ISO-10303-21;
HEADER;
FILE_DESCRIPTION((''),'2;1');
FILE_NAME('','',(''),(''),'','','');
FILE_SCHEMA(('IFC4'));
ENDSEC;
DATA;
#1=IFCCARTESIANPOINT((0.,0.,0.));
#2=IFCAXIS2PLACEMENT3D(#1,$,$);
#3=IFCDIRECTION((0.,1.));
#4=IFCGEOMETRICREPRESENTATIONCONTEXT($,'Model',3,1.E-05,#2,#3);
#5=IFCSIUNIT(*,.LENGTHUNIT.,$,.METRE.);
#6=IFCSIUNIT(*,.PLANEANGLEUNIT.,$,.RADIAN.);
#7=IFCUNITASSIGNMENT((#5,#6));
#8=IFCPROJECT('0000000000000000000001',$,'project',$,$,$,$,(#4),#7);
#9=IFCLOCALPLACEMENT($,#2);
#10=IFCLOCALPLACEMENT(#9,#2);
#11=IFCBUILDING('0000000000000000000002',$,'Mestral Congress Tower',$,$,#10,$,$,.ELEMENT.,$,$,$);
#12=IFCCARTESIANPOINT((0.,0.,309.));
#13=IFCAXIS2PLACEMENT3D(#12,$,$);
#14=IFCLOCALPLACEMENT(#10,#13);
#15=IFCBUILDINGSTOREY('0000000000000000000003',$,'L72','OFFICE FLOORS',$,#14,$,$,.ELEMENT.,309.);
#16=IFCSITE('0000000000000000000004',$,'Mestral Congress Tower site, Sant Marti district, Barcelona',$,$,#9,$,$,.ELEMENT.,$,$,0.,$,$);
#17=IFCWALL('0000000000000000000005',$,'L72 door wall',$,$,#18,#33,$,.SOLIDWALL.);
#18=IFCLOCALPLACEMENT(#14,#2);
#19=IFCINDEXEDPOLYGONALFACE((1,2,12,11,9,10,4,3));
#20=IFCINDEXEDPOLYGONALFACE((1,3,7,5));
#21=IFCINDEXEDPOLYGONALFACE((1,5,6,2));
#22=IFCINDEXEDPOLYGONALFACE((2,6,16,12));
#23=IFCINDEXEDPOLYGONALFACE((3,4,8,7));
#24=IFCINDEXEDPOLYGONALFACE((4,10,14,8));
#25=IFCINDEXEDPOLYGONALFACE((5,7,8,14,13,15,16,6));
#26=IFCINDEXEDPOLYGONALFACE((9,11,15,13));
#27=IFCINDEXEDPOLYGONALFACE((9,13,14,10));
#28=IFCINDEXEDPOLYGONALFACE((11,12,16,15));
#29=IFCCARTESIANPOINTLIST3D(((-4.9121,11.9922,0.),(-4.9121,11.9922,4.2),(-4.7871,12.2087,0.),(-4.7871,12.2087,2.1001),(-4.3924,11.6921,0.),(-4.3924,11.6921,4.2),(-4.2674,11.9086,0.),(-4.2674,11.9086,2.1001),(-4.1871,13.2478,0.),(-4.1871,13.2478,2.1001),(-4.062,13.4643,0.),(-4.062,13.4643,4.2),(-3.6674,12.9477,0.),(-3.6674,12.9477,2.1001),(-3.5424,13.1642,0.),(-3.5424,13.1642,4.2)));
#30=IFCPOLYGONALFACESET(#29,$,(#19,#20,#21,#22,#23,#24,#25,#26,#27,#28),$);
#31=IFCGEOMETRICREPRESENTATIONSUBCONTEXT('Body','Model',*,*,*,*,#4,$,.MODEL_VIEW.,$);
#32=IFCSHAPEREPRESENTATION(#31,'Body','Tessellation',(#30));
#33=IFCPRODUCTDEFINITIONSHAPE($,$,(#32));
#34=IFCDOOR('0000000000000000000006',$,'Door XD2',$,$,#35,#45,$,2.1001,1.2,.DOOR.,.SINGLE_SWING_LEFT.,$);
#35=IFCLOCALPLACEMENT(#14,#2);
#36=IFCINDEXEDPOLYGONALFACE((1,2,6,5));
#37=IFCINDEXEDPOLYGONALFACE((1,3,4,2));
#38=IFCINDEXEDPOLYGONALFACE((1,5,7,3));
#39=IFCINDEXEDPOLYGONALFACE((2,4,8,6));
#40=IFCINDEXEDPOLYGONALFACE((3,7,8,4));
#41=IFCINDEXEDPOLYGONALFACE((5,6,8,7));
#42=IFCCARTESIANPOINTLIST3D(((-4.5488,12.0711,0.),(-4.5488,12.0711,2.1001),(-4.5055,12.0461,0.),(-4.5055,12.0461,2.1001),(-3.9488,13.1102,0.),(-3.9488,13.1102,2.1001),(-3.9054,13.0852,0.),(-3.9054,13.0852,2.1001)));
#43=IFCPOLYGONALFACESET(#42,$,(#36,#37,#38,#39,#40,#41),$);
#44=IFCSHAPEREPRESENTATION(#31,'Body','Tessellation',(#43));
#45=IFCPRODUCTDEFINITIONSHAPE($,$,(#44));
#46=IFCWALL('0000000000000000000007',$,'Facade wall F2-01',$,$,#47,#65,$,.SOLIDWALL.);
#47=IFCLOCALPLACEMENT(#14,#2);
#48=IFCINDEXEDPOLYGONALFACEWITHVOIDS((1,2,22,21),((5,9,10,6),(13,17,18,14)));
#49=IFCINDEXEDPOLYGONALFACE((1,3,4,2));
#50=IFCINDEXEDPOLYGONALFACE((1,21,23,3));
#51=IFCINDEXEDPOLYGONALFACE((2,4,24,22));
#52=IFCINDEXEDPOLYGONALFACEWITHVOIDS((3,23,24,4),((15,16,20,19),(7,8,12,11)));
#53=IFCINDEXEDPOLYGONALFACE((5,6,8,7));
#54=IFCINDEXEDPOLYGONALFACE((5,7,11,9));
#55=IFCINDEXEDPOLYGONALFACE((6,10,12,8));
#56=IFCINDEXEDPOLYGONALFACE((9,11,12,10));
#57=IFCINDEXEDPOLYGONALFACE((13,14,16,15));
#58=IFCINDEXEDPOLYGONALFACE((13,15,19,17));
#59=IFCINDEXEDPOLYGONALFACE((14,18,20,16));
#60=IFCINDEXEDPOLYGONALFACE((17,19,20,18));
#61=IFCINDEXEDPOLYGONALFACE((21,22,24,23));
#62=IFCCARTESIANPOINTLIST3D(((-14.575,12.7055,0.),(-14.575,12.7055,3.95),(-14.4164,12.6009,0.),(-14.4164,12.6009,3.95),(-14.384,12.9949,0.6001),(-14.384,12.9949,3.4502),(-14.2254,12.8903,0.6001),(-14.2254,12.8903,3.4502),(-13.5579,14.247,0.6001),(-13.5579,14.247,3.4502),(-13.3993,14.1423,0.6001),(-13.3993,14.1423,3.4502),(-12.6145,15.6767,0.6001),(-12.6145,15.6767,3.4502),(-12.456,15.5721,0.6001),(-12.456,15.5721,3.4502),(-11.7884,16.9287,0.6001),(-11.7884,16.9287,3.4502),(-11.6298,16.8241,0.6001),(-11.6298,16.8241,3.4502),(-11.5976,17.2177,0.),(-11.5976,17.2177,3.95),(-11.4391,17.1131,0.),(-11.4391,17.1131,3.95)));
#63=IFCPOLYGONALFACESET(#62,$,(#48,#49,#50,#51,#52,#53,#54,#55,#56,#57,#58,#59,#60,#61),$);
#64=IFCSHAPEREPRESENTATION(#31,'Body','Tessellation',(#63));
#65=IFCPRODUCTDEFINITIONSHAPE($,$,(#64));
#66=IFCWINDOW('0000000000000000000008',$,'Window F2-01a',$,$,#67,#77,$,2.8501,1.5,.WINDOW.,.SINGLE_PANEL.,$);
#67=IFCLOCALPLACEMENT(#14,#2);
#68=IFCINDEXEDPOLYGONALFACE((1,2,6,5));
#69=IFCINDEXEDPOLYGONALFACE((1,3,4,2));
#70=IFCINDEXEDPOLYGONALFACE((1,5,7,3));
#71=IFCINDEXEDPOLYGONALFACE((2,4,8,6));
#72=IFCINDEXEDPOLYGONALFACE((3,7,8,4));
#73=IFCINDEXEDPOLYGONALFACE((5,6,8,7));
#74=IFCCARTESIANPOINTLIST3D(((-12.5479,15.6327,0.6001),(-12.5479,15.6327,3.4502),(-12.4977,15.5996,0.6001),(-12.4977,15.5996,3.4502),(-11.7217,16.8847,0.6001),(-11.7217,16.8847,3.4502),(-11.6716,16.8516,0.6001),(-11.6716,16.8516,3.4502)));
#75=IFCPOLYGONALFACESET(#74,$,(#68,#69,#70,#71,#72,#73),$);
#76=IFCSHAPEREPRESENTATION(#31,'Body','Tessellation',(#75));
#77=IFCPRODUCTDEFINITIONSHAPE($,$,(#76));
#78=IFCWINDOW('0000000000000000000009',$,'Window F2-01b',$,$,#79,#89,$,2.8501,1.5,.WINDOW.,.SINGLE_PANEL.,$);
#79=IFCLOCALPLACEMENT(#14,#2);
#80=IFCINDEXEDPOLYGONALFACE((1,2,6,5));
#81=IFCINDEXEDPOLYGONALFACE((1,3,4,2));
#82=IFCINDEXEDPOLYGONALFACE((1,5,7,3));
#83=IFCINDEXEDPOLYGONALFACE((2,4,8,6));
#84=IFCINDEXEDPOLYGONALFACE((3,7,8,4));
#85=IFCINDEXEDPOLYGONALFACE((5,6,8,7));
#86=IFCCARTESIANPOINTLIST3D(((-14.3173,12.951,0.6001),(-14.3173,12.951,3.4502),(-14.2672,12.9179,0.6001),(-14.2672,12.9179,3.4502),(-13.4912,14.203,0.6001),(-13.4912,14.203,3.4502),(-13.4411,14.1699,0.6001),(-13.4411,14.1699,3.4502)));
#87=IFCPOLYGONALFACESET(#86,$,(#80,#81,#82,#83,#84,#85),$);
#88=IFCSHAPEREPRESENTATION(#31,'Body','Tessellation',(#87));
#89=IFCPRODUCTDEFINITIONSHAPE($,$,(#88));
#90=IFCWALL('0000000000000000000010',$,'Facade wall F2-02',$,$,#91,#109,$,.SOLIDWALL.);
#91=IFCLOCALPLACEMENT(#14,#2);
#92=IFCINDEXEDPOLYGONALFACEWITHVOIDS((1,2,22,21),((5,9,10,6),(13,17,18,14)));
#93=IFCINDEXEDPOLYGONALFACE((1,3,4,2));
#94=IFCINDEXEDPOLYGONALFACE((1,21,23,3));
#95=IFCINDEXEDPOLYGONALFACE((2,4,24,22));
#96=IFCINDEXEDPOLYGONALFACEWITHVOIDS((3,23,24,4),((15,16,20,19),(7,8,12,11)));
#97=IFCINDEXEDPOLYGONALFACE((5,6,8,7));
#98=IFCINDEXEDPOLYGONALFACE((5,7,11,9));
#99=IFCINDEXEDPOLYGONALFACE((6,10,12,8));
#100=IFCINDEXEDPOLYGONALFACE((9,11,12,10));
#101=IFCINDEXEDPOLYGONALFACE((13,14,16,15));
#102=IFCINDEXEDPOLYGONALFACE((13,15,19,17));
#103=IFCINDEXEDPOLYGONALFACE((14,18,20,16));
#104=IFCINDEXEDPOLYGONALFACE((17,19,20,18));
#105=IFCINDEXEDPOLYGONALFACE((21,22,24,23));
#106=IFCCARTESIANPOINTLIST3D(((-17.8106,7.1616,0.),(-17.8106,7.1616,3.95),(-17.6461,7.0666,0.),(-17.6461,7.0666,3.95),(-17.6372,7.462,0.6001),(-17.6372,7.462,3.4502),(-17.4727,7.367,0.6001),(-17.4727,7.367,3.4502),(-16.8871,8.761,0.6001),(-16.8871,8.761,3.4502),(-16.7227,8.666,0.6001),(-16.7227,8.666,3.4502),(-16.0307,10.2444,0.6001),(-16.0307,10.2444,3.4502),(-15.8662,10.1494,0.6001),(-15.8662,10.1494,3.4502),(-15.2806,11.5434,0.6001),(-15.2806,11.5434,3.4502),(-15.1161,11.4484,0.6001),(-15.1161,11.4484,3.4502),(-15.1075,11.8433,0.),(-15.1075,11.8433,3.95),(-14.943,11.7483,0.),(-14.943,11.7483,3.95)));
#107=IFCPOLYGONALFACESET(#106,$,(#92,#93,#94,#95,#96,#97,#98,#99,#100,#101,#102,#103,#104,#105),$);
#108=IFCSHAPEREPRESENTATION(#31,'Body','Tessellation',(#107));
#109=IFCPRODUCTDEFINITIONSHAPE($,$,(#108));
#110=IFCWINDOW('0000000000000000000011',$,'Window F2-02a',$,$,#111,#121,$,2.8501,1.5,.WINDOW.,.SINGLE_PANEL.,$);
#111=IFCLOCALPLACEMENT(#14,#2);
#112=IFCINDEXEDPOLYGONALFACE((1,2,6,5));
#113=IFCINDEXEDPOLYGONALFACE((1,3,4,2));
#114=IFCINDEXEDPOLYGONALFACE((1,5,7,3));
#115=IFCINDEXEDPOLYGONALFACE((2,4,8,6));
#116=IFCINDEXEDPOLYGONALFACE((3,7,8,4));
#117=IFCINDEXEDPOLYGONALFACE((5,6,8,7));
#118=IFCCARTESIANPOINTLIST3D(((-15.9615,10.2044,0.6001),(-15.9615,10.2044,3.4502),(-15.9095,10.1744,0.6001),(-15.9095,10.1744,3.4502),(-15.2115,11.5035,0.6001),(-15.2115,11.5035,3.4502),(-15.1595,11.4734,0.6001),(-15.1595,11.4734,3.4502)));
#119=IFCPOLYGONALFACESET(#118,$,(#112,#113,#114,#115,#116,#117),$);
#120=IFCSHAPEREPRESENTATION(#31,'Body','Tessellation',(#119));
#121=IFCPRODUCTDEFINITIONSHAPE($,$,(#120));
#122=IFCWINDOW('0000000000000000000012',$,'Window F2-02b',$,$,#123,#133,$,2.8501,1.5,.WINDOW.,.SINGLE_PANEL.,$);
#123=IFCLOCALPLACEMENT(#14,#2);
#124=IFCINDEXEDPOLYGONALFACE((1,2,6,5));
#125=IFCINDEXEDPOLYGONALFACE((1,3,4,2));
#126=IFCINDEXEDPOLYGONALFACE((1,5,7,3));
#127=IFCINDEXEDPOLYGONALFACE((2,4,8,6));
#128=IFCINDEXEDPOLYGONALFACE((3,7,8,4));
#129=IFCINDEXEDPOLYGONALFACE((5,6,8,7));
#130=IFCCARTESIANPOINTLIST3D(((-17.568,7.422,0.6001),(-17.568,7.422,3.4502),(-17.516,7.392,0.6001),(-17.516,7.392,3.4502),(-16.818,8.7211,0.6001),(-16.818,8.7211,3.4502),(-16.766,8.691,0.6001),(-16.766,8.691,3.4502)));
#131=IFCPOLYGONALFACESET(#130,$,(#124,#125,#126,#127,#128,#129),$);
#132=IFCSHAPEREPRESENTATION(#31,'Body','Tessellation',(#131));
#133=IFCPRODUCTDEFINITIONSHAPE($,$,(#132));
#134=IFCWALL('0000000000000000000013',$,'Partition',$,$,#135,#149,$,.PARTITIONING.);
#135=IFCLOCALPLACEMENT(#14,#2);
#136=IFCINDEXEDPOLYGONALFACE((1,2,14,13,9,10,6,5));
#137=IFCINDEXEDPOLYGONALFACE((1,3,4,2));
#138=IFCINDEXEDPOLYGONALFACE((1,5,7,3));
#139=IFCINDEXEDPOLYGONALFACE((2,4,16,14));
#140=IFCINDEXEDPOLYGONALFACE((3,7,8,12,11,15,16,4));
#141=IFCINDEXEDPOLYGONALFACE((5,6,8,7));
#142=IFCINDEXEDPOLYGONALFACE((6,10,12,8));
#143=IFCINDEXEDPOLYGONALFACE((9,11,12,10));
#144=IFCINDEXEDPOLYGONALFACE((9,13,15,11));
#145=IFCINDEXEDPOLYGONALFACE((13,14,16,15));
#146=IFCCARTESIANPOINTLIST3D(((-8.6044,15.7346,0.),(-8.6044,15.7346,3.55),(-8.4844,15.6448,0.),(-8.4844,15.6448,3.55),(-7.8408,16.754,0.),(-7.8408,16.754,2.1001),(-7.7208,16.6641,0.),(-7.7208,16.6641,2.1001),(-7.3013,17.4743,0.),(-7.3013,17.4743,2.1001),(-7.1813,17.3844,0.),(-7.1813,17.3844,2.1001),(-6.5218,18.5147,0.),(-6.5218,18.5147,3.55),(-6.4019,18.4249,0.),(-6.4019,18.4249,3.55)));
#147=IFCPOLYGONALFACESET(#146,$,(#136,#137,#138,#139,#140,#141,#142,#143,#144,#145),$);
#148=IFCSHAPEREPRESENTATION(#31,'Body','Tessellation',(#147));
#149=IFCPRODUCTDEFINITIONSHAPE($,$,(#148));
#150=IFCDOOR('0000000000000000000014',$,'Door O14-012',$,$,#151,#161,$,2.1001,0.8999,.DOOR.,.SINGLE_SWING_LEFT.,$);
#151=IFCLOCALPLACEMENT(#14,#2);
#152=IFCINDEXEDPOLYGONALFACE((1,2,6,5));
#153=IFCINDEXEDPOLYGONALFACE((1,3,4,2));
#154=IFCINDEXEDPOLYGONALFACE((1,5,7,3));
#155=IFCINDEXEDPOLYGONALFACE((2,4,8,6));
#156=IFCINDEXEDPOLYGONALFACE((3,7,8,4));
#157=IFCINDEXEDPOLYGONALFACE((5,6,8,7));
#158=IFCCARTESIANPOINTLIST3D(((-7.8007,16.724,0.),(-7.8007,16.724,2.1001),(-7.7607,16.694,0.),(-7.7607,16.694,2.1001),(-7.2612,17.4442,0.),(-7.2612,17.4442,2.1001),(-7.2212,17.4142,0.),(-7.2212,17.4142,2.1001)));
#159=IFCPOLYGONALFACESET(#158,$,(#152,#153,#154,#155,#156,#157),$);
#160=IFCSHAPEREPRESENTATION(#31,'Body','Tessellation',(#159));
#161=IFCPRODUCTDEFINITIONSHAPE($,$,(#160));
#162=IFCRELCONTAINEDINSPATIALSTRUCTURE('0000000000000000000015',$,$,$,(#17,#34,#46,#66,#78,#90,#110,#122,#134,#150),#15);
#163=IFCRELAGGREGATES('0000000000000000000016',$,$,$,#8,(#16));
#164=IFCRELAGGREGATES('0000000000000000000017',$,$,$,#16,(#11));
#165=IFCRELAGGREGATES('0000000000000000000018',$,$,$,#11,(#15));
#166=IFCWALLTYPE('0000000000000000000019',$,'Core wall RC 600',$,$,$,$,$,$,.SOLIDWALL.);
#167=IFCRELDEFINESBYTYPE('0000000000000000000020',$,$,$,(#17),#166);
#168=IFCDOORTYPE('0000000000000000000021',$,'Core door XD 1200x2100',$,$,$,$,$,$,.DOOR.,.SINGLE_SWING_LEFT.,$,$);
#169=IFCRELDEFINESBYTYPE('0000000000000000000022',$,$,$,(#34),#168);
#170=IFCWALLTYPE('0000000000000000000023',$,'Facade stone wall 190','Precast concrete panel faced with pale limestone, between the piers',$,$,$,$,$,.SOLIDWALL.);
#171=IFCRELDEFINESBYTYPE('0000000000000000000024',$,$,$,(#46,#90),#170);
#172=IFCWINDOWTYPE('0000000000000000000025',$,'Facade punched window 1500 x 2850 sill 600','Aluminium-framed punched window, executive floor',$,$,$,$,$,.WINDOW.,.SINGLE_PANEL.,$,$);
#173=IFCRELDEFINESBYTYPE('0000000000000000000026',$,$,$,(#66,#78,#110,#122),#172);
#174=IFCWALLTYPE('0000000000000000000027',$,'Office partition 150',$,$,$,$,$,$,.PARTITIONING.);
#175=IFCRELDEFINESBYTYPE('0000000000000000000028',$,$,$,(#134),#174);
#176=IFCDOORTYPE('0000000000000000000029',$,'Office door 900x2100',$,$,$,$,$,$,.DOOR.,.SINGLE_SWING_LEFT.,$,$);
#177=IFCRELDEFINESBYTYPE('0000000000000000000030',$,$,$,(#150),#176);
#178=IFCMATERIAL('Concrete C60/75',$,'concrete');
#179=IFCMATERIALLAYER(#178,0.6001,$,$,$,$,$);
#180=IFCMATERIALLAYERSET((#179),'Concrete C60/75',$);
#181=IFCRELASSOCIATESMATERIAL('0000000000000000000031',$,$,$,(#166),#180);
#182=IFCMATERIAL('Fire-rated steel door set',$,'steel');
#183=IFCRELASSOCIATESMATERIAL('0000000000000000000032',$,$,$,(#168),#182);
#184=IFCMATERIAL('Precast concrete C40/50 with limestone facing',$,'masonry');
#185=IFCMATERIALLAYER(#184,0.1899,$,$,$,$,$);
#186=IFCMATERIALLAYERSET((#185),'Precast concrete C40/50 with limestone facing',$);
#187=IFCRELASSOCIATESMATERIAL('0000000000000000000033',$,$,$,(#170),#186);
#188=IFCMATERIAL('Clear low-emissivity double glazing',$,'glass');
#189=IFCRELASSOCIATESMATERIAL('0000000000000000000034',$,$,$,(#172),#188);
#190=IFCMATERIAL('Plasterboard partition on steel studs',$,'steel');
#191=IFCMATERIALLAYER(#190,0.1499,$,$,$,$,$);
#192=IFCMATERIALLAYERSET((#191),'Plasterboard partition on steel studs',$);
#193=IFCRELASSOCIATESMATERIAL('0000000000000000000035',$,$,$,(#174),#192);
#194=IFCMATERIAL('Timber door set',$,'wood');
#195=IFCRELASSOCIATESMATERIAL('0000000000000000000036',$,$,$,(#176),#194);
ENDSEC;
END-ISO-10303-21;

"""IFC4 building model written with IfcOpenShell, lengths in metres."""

from ifc_helpers import new_model, si_unit, direction, frame, frame_2d, origin, place, context, subcontext, project, spatial, rectangle, extrude, material, layer, layer_set, type_object, element, fill, save


model = new_model("IFC4")

# Units and contexts
model_context = context("Model", 3, precision=1e-05, world=origin(), true_north=direction((0.0, 1.0)))
body_context = subcontext(model_context, "Body", "Model", "MODEL_VIEW")
ifc_project = project(units=[si_unit("LENGTHUNIT", "METRE"), si_unit("PLANEANGLEUNIT", "RADIAN")], contexts=[model_context])

# Site, building, storey
site_placement = place(None, origin())
site = spatial("IfcSite", under=ifc_project, at=site_placement, Name="Mestral Congress Tower site, Sant Marti district, Barcelona", CompositionType="ELEMENT", RefElevation=0.0)
building_placement = place(site_placement, origin())
building = spatial("IfcBuilding", under=site, at=building_placement, Name="Mestral Congress Tower", CompositionType="ELEMENT")
storey_placement = place(building_placement, frame((0.0, 0.0, 309.0)))
storey = spatial("IfcBuildingStorey", under=building, at=storey_placement, Name="L72", Description="OFFICE FLOORS", CompositionType="ELEMENT", Elevation=309.0)

# Shared definitions
ifc_material_1 = material(Name="Concrete C60/75", Category="concrete")

# Shared definitions
ifc_layer_1 = layer(ifc_material_1, 0.6001)
ifc_layer_set_1 = layer_set([ifc_layer_1], Name="Concrete C60/75")
wall_type_1 = type_object("IfcWallType", Name="Core wall RC 600", PredefinedType="SOLIDWALL", material=ifc_layer_set_1)

# Wall, opening, door
wall_1_placement = place(storey_placement, frame((-4.6523, 11.842, 0.0), z_axis=(0.0, 0.0, 1.0), x_axis=(0.500062, 0.865989, 0.0)))
wall_1 = element("IfcWall", 1, at=wall_1_placement, inside=storey, type_object=wall_type_1, Name="L72 door wall", PredefinedType="SOLIDWALL", context=body_context, shape_type="SweptSolid", body=[
    extrude(rectangle(XDim=1.7, YDim=0.6001, at=frame_2d((0.8501, 0.0))), origin(), (0.0, 0.0, 1.0), 4.2),
])
opening_1_placement = place(wall_1_placement, frame((0.25, 0.0, 0.0)))
opening_1 = element("IfcOpeningElement", 2, at=opening_1_placement, cuts=wall_1, PredefinedType="OPENING", context=body_context, shape_type="SweptSolid", body=[
    extrude(rectangle(XDim=1.2, YDim=2.1001, at=frame_2d((0.6001, 1.05))), frame((0.0, 0.3101, 0.0), z_axis=(0.0, -1.0, 0.0), x_axis=(1.0, 0.0, 0.0)), (0.0, 0.0, 1.0), 0.6201),
])
ifc_material_2 = material(Name="Fire-rated steel door set", Category="steel")
door_type_1 = type_object("IfcDoorType", Name="Core door XD 1200x2100", OperationType="SINGLE_SWING_LEFT", PredefinedType="DOOR", material=ifc_material_2)
door_1_placement = place(opening_1_placement, origin())
door_1 = element("IfcDoor", 3, at=door_1_placement, inside=storey, type_object=door_type_1, Name="Door XD2", OperationType="SINGLE_SWING_LEFT", OverallHeight=2.1001, OverallWidth=1.2, PredefinedType="DOOR", context=body_context, shape_type="SweptSolid", body=[
    extrude(rectangle(XDim=1.2, YDim=2.1001, at=frame_2d((0.6001, 1.05))), frame((0.0, 0.0249, 0.0), z_axis=(0.0, -1.0, 0.0), x_axis=(1.0, 0.0, 0.0)), (0.0, 0.0, 1.0), 0.05),
])
fill(opening_1, door_1)

# Walls, openings, windows
ifc_material_3 = material(Name="Precast concrete C40/50 with limestone facing", Category="masonry")
ifc_layer_2 = layer(ifc_material_3, 0.1899)
ifc_layer_set_2 = layer_set([ifc_layer_2], Name="Precast concrete C40/50 with limestone facing")
wall_type_2 = type_object("IfcWallType", Name="Facade stone wall 190", Description="Precast concrete panel faced with pale limestone, between the piers", PredefinedType="SOLIDWALL", material=ifc_layer_set_2)
wall_2_placement = place(storey_placement, frame((-11.5183, 17.1655, 0.0), z_axis=(0.0, 0.0, 1.0), x_axis=(-0.550744, -0.834674, 0.0)))
wall_2 = element("IfcWall", 4, at=wall_2_placement, inside=storey, type_object=wall_type_2, Name="Facade wall F2-01", PredefinedType="SOLIDWALL", context=body_context, shape_type="SweptSolid", body=[
    extrude(rectangle(XDim=5.406, YDim=0.1899, at=frame_2d((2.7031, 0.0))), origin(), (0.0, 0.0, 1.0), 3.95),
])
opening_2_placement = place(wall_2_placement, frame((0.3464, 0.0, 0.6001)))
opening_2 = element("IfcOpeningElement", 5, at=opening_2_placement, cuts=wall_2, PredefinedType="OPENING", context=body_context, shape_type="SweptSolid", body=[
    extrude(rectangle(XDim=1.5, YDim=2.8501, at=frame_2d((0.75, 1.425))), frame((0.0, 0.105, 0.0), z_axis=(0.0, -1.0, 0.0), x_axis=(1.0, 0.0, 0.0)), (0.0, 0.0, 1.0), 0.21),
])
opening_3_placement = place(wall_2_placement, frame((3.5593, 0.0, 0.6001)))
opening_3 = element("IfcOpeningElement", 6, at=opening_3_placement, cuts=wall_2, PredefinedType="OPENING", context=body_context, shape_type="SweptSolid", body=[
    extrude(rectangle(XDim=1.5, YDim=2.8501, at=frame_2d((0.75, 1.425))), frame((0.0, 0.105, 0.0), z_axis=(0.0, -1.0, 0.0), x_axis=(1.0, 0.0, 0.0)), (0.0, 0.0, 1.0), 0.21),
])
ifc_material_4 = material(Name="Clear low-emissivity double glazing", Category="glass")
window_type = type_object("IfcWindowType", Name="Facade punched window 1500 x 2850 sill 600", Description="Aluminium-framed punched window, executive floor", PartitioningType="SINGLE_PANEL", PredefinedType="WINDOW", material=ifc_material_4)
window_1_placement = place(opening_2_placement, origin())
window_1 = element("IfcWindow", 7, at=window_1_placement, inside=storey, type_object=window_type, Name="Window F2-01a", OverallHeight=2.8501, OverallWidth=1.5, PartitioningType="SINGLE_PANEL", PredefinedType="WINDOW", context=body_context, shape_type="SweptSolid", body=[
    extrude(rectangle(XDim=1.5, YDim=2.8501, at=frame_2d((0.75, 1.425))), frame((0.0, 0.0449, 0.0), z_axis=(0.0, -1.0, 0.0), x_axis=(1.0, 0.0, 0.0)), (0.0, 0.0, 1.0), 0.0601),
])
fill(opening_2, window_1)
window_2_placement = place(opening_3_placement, origin())
window_2 = element("IfcWindow", 8, at=window_2_placement, inside=storey, type_object=window_type, Name="Window F2-01b", OverallHeight=2.8501, OverallWidth=1.5, PartitioningType="SINGLE_PANEL", PredefinedType="WINDOW", context=body_context, shape_type="SweptSolid", body=[
    extrude(rectangle(XDim=1.5, YDim=2.8501, at=frame_2d((0.75, 1.425))), frame((0.0, 0.0449, 0.0), z_axis=(0.0, -1.0, 0.0), x_axis=(1.0, 0.0, 0.0)), (0.0, 0.0, 1.0), 0.0601),
])
fill(opening_3, window_2)
wall_3_placement = place(storey_placement, frame((-15.0251, 11.7959, 0.0), z_axis=(0.0, 0.0, 1.0), x_axis=(-0.500025, -0.866011, 0.0)))
wall_3 = element("IfcWall", 9, at=wall_3_placement, inside=storey, type_object=wall_type_2, Name="Facade wall F2-02", PredefinedType="SOLIDWALL", context=body_context, shape_type="SweptSolid", body=[
    extrude(rectangle(XDim=5.406, YDim=0.1899, at=frame_2d((2.7031, 0.0))), origin(), (0.0, 0.0, 1.0), 3.95),
])
opening_4_placement = place(wall_3_placement, frame((0.3464, 0.0, 0.6001)))
opening_4 = element("IfcOpeningElement", 10, at=opening_4_placement, cuts=wall_3, PredefinedType="OPENING", context=body_context, shape_type="SweptSolid", body=[
    extrude(rectangle(XDim=1.5, YDim=2.8501, at=frame_2d((0.75, 1.425))), frame((0.0, 0.105, 0.0), z_axis=(0.0, -1.0, 0.0), x_axis=(1.0, 0.0, 0.0)), (0.0, 0.0, 1.0), 0.21),
])
opening_5_placement = place(wall_3_placement, frame((3.5593, 0.0, 0.6001)))
opening_5 = element("IfcOpeningElement", 11, at=opening_5_placement, cuts=wall_3, PredefinedType="OPENING", context=body_context, shape_type="SweptSolid", body=[
    extrude(rectangle(XDim=1.5, YDim=2.8501, at=frame_2d((0.75, 1.425))), frame((0.0, 0.105, 0.0), z_axis=(0.0, -1.0, 0.0), x_axis=(1.0, 0.0, 0.0)), (0.0, 0.0, 1.0), 0.21),
])
window_3_placement = place(opening_4_placement, origin())
window_3 = element("IfcWindow", 12, at=window_3_placement, inside=storey, type_object=window_type, Name="Window F2-02a", OverallHeight=2.8501, OverallWidth=1.5, PartitioningType="SINGLE_PANEL", PredefinedType="WINDOW", context=body_context, shape_type="SweptSolid", body=[
    extrude(rectangle(XDim=1.5, YDim=2.8501, at=frame_2d((0.75, 1.425))), frame((0.0, 0.0449, 0.0), z_axis=(0.0, -1.0, 0.0), x_axis=(1.0, 0.0, 0.0)), (0.0, 0.0, 1.0), 0.0601),
])
fill(opening_4, window_3)
window_4_placement = place(opening_5_placement, origin())
window_4 = element("IfcWindow", 13, at=window_4_placement, inside=storey, type_object=window_type, Name="Window F2-02b", OverallHeight=2.8501, OverallWidth=1.5, PartitioningType="SINGLE_PANEL", PredefinedType="WINDOW", context=body_context, shape_type="SweptSolid", body=[
    extrude(rectangle(XDim=1.5, YDim=2.8501, at=frame_2d((0.75, 1.425))), frame((0.0, 0.0449, 0.0), z_axis=(0.0, -1.0, 0.0), x_axis=(1.0, 0.0, 0.0)), (0.0, 0.0, 1.0), 0.0601),
])
fill(opening_5, window_4)

# Wall, opening, door
ifc_material_5 = material(Name="Plasterboard partition on steel studs", Category="steel")
ifc_layer_3 = layer(ifc_material_5, 0.1499)
ifc_layer_set_3 = layer_set([ifc_layer_3], Name="Plasterboard partition on steel studs")
wall_type_3 = type_object("IfcWallType", Name="Office partition 150", PredefinedType="PARTITIONING", material=ifc_layer_set_3)
wall_4_placement = place(storey_placement, frame((-8.5444, 15.6897, 0.0), z_axis=(0.0, 0.0, 1.0), x_axis=(0.599539, 0.800346, 0.0)))
wall_4 = element("IfcWall", 14, at=wall_4_placement, inside=storey, type_object=wall_type_3, Name="Partition", PredefinedType="PARTITIONING", context=body_context, shape_type="SweptSolid", body=[
    extrude(rectangle(XDim=3.4736, YDim=0.1499, at=frame_2d((1.7368, 0.0))), origin(), (0.0, 0.0, 1.0), 3.55),
])
opening_6_placement = place(wall_4_placement, frame((1.2737, 0.0, 0.0)))
opening_6 = element("IfcOpeningElement", 15, at=opening_6_placement, cuts=wall_4, PredefinedType="OPENING", context=body_context, shape_type="SweptSolid", body=[
    extrude(rectangle(XDim=0.8999, YDim=2.1001, at=frame_2d((0.45, 1.05))), frame((0.0, 0.085, 0.0), z_axis=(0.0, -1.0, 0.0), x_axis=(1.0, 0.0, 0.0)), (0.0, 0.0, 1.0), 0.1699),
])
ifc_material_6 = material(Name="Timber door set", Category="wood")
door_type_2 = type_object("IfcDoorType", Name="Office door 900x2100", OperationType="SINGLE_SWING_LEFT", PredefinedType="DOOR", material=ifc_material_6)
door_2_placement = place(opening_6_placement, origin())
door_2 = element("IfcDoor", 16, at=door_2_placement, inside=storey, type_object=door_type_2, Name="Door O14-012", OperationType="SINGLE_SWING_LEFT", OverallHeight=2.1001, OverallWidth=0.8999, PredefinedType="DOOR", context=body_context, shape_type="SweptSolid", body=[
    extrude(rectangle(XDim=0.8999, YDim=2.1001, at=frame_2d((0.45, 1.05))), frame((0.0, 0.0249, 0.0), z_axis=(0.0, -1.0, 0.0), x_axis=(1.0, 0.0, 0.0)), (0.0, 0.0, 1.0), 0.05),
])
fill(opening_6, door_2)

save(model, "model.ifc")
